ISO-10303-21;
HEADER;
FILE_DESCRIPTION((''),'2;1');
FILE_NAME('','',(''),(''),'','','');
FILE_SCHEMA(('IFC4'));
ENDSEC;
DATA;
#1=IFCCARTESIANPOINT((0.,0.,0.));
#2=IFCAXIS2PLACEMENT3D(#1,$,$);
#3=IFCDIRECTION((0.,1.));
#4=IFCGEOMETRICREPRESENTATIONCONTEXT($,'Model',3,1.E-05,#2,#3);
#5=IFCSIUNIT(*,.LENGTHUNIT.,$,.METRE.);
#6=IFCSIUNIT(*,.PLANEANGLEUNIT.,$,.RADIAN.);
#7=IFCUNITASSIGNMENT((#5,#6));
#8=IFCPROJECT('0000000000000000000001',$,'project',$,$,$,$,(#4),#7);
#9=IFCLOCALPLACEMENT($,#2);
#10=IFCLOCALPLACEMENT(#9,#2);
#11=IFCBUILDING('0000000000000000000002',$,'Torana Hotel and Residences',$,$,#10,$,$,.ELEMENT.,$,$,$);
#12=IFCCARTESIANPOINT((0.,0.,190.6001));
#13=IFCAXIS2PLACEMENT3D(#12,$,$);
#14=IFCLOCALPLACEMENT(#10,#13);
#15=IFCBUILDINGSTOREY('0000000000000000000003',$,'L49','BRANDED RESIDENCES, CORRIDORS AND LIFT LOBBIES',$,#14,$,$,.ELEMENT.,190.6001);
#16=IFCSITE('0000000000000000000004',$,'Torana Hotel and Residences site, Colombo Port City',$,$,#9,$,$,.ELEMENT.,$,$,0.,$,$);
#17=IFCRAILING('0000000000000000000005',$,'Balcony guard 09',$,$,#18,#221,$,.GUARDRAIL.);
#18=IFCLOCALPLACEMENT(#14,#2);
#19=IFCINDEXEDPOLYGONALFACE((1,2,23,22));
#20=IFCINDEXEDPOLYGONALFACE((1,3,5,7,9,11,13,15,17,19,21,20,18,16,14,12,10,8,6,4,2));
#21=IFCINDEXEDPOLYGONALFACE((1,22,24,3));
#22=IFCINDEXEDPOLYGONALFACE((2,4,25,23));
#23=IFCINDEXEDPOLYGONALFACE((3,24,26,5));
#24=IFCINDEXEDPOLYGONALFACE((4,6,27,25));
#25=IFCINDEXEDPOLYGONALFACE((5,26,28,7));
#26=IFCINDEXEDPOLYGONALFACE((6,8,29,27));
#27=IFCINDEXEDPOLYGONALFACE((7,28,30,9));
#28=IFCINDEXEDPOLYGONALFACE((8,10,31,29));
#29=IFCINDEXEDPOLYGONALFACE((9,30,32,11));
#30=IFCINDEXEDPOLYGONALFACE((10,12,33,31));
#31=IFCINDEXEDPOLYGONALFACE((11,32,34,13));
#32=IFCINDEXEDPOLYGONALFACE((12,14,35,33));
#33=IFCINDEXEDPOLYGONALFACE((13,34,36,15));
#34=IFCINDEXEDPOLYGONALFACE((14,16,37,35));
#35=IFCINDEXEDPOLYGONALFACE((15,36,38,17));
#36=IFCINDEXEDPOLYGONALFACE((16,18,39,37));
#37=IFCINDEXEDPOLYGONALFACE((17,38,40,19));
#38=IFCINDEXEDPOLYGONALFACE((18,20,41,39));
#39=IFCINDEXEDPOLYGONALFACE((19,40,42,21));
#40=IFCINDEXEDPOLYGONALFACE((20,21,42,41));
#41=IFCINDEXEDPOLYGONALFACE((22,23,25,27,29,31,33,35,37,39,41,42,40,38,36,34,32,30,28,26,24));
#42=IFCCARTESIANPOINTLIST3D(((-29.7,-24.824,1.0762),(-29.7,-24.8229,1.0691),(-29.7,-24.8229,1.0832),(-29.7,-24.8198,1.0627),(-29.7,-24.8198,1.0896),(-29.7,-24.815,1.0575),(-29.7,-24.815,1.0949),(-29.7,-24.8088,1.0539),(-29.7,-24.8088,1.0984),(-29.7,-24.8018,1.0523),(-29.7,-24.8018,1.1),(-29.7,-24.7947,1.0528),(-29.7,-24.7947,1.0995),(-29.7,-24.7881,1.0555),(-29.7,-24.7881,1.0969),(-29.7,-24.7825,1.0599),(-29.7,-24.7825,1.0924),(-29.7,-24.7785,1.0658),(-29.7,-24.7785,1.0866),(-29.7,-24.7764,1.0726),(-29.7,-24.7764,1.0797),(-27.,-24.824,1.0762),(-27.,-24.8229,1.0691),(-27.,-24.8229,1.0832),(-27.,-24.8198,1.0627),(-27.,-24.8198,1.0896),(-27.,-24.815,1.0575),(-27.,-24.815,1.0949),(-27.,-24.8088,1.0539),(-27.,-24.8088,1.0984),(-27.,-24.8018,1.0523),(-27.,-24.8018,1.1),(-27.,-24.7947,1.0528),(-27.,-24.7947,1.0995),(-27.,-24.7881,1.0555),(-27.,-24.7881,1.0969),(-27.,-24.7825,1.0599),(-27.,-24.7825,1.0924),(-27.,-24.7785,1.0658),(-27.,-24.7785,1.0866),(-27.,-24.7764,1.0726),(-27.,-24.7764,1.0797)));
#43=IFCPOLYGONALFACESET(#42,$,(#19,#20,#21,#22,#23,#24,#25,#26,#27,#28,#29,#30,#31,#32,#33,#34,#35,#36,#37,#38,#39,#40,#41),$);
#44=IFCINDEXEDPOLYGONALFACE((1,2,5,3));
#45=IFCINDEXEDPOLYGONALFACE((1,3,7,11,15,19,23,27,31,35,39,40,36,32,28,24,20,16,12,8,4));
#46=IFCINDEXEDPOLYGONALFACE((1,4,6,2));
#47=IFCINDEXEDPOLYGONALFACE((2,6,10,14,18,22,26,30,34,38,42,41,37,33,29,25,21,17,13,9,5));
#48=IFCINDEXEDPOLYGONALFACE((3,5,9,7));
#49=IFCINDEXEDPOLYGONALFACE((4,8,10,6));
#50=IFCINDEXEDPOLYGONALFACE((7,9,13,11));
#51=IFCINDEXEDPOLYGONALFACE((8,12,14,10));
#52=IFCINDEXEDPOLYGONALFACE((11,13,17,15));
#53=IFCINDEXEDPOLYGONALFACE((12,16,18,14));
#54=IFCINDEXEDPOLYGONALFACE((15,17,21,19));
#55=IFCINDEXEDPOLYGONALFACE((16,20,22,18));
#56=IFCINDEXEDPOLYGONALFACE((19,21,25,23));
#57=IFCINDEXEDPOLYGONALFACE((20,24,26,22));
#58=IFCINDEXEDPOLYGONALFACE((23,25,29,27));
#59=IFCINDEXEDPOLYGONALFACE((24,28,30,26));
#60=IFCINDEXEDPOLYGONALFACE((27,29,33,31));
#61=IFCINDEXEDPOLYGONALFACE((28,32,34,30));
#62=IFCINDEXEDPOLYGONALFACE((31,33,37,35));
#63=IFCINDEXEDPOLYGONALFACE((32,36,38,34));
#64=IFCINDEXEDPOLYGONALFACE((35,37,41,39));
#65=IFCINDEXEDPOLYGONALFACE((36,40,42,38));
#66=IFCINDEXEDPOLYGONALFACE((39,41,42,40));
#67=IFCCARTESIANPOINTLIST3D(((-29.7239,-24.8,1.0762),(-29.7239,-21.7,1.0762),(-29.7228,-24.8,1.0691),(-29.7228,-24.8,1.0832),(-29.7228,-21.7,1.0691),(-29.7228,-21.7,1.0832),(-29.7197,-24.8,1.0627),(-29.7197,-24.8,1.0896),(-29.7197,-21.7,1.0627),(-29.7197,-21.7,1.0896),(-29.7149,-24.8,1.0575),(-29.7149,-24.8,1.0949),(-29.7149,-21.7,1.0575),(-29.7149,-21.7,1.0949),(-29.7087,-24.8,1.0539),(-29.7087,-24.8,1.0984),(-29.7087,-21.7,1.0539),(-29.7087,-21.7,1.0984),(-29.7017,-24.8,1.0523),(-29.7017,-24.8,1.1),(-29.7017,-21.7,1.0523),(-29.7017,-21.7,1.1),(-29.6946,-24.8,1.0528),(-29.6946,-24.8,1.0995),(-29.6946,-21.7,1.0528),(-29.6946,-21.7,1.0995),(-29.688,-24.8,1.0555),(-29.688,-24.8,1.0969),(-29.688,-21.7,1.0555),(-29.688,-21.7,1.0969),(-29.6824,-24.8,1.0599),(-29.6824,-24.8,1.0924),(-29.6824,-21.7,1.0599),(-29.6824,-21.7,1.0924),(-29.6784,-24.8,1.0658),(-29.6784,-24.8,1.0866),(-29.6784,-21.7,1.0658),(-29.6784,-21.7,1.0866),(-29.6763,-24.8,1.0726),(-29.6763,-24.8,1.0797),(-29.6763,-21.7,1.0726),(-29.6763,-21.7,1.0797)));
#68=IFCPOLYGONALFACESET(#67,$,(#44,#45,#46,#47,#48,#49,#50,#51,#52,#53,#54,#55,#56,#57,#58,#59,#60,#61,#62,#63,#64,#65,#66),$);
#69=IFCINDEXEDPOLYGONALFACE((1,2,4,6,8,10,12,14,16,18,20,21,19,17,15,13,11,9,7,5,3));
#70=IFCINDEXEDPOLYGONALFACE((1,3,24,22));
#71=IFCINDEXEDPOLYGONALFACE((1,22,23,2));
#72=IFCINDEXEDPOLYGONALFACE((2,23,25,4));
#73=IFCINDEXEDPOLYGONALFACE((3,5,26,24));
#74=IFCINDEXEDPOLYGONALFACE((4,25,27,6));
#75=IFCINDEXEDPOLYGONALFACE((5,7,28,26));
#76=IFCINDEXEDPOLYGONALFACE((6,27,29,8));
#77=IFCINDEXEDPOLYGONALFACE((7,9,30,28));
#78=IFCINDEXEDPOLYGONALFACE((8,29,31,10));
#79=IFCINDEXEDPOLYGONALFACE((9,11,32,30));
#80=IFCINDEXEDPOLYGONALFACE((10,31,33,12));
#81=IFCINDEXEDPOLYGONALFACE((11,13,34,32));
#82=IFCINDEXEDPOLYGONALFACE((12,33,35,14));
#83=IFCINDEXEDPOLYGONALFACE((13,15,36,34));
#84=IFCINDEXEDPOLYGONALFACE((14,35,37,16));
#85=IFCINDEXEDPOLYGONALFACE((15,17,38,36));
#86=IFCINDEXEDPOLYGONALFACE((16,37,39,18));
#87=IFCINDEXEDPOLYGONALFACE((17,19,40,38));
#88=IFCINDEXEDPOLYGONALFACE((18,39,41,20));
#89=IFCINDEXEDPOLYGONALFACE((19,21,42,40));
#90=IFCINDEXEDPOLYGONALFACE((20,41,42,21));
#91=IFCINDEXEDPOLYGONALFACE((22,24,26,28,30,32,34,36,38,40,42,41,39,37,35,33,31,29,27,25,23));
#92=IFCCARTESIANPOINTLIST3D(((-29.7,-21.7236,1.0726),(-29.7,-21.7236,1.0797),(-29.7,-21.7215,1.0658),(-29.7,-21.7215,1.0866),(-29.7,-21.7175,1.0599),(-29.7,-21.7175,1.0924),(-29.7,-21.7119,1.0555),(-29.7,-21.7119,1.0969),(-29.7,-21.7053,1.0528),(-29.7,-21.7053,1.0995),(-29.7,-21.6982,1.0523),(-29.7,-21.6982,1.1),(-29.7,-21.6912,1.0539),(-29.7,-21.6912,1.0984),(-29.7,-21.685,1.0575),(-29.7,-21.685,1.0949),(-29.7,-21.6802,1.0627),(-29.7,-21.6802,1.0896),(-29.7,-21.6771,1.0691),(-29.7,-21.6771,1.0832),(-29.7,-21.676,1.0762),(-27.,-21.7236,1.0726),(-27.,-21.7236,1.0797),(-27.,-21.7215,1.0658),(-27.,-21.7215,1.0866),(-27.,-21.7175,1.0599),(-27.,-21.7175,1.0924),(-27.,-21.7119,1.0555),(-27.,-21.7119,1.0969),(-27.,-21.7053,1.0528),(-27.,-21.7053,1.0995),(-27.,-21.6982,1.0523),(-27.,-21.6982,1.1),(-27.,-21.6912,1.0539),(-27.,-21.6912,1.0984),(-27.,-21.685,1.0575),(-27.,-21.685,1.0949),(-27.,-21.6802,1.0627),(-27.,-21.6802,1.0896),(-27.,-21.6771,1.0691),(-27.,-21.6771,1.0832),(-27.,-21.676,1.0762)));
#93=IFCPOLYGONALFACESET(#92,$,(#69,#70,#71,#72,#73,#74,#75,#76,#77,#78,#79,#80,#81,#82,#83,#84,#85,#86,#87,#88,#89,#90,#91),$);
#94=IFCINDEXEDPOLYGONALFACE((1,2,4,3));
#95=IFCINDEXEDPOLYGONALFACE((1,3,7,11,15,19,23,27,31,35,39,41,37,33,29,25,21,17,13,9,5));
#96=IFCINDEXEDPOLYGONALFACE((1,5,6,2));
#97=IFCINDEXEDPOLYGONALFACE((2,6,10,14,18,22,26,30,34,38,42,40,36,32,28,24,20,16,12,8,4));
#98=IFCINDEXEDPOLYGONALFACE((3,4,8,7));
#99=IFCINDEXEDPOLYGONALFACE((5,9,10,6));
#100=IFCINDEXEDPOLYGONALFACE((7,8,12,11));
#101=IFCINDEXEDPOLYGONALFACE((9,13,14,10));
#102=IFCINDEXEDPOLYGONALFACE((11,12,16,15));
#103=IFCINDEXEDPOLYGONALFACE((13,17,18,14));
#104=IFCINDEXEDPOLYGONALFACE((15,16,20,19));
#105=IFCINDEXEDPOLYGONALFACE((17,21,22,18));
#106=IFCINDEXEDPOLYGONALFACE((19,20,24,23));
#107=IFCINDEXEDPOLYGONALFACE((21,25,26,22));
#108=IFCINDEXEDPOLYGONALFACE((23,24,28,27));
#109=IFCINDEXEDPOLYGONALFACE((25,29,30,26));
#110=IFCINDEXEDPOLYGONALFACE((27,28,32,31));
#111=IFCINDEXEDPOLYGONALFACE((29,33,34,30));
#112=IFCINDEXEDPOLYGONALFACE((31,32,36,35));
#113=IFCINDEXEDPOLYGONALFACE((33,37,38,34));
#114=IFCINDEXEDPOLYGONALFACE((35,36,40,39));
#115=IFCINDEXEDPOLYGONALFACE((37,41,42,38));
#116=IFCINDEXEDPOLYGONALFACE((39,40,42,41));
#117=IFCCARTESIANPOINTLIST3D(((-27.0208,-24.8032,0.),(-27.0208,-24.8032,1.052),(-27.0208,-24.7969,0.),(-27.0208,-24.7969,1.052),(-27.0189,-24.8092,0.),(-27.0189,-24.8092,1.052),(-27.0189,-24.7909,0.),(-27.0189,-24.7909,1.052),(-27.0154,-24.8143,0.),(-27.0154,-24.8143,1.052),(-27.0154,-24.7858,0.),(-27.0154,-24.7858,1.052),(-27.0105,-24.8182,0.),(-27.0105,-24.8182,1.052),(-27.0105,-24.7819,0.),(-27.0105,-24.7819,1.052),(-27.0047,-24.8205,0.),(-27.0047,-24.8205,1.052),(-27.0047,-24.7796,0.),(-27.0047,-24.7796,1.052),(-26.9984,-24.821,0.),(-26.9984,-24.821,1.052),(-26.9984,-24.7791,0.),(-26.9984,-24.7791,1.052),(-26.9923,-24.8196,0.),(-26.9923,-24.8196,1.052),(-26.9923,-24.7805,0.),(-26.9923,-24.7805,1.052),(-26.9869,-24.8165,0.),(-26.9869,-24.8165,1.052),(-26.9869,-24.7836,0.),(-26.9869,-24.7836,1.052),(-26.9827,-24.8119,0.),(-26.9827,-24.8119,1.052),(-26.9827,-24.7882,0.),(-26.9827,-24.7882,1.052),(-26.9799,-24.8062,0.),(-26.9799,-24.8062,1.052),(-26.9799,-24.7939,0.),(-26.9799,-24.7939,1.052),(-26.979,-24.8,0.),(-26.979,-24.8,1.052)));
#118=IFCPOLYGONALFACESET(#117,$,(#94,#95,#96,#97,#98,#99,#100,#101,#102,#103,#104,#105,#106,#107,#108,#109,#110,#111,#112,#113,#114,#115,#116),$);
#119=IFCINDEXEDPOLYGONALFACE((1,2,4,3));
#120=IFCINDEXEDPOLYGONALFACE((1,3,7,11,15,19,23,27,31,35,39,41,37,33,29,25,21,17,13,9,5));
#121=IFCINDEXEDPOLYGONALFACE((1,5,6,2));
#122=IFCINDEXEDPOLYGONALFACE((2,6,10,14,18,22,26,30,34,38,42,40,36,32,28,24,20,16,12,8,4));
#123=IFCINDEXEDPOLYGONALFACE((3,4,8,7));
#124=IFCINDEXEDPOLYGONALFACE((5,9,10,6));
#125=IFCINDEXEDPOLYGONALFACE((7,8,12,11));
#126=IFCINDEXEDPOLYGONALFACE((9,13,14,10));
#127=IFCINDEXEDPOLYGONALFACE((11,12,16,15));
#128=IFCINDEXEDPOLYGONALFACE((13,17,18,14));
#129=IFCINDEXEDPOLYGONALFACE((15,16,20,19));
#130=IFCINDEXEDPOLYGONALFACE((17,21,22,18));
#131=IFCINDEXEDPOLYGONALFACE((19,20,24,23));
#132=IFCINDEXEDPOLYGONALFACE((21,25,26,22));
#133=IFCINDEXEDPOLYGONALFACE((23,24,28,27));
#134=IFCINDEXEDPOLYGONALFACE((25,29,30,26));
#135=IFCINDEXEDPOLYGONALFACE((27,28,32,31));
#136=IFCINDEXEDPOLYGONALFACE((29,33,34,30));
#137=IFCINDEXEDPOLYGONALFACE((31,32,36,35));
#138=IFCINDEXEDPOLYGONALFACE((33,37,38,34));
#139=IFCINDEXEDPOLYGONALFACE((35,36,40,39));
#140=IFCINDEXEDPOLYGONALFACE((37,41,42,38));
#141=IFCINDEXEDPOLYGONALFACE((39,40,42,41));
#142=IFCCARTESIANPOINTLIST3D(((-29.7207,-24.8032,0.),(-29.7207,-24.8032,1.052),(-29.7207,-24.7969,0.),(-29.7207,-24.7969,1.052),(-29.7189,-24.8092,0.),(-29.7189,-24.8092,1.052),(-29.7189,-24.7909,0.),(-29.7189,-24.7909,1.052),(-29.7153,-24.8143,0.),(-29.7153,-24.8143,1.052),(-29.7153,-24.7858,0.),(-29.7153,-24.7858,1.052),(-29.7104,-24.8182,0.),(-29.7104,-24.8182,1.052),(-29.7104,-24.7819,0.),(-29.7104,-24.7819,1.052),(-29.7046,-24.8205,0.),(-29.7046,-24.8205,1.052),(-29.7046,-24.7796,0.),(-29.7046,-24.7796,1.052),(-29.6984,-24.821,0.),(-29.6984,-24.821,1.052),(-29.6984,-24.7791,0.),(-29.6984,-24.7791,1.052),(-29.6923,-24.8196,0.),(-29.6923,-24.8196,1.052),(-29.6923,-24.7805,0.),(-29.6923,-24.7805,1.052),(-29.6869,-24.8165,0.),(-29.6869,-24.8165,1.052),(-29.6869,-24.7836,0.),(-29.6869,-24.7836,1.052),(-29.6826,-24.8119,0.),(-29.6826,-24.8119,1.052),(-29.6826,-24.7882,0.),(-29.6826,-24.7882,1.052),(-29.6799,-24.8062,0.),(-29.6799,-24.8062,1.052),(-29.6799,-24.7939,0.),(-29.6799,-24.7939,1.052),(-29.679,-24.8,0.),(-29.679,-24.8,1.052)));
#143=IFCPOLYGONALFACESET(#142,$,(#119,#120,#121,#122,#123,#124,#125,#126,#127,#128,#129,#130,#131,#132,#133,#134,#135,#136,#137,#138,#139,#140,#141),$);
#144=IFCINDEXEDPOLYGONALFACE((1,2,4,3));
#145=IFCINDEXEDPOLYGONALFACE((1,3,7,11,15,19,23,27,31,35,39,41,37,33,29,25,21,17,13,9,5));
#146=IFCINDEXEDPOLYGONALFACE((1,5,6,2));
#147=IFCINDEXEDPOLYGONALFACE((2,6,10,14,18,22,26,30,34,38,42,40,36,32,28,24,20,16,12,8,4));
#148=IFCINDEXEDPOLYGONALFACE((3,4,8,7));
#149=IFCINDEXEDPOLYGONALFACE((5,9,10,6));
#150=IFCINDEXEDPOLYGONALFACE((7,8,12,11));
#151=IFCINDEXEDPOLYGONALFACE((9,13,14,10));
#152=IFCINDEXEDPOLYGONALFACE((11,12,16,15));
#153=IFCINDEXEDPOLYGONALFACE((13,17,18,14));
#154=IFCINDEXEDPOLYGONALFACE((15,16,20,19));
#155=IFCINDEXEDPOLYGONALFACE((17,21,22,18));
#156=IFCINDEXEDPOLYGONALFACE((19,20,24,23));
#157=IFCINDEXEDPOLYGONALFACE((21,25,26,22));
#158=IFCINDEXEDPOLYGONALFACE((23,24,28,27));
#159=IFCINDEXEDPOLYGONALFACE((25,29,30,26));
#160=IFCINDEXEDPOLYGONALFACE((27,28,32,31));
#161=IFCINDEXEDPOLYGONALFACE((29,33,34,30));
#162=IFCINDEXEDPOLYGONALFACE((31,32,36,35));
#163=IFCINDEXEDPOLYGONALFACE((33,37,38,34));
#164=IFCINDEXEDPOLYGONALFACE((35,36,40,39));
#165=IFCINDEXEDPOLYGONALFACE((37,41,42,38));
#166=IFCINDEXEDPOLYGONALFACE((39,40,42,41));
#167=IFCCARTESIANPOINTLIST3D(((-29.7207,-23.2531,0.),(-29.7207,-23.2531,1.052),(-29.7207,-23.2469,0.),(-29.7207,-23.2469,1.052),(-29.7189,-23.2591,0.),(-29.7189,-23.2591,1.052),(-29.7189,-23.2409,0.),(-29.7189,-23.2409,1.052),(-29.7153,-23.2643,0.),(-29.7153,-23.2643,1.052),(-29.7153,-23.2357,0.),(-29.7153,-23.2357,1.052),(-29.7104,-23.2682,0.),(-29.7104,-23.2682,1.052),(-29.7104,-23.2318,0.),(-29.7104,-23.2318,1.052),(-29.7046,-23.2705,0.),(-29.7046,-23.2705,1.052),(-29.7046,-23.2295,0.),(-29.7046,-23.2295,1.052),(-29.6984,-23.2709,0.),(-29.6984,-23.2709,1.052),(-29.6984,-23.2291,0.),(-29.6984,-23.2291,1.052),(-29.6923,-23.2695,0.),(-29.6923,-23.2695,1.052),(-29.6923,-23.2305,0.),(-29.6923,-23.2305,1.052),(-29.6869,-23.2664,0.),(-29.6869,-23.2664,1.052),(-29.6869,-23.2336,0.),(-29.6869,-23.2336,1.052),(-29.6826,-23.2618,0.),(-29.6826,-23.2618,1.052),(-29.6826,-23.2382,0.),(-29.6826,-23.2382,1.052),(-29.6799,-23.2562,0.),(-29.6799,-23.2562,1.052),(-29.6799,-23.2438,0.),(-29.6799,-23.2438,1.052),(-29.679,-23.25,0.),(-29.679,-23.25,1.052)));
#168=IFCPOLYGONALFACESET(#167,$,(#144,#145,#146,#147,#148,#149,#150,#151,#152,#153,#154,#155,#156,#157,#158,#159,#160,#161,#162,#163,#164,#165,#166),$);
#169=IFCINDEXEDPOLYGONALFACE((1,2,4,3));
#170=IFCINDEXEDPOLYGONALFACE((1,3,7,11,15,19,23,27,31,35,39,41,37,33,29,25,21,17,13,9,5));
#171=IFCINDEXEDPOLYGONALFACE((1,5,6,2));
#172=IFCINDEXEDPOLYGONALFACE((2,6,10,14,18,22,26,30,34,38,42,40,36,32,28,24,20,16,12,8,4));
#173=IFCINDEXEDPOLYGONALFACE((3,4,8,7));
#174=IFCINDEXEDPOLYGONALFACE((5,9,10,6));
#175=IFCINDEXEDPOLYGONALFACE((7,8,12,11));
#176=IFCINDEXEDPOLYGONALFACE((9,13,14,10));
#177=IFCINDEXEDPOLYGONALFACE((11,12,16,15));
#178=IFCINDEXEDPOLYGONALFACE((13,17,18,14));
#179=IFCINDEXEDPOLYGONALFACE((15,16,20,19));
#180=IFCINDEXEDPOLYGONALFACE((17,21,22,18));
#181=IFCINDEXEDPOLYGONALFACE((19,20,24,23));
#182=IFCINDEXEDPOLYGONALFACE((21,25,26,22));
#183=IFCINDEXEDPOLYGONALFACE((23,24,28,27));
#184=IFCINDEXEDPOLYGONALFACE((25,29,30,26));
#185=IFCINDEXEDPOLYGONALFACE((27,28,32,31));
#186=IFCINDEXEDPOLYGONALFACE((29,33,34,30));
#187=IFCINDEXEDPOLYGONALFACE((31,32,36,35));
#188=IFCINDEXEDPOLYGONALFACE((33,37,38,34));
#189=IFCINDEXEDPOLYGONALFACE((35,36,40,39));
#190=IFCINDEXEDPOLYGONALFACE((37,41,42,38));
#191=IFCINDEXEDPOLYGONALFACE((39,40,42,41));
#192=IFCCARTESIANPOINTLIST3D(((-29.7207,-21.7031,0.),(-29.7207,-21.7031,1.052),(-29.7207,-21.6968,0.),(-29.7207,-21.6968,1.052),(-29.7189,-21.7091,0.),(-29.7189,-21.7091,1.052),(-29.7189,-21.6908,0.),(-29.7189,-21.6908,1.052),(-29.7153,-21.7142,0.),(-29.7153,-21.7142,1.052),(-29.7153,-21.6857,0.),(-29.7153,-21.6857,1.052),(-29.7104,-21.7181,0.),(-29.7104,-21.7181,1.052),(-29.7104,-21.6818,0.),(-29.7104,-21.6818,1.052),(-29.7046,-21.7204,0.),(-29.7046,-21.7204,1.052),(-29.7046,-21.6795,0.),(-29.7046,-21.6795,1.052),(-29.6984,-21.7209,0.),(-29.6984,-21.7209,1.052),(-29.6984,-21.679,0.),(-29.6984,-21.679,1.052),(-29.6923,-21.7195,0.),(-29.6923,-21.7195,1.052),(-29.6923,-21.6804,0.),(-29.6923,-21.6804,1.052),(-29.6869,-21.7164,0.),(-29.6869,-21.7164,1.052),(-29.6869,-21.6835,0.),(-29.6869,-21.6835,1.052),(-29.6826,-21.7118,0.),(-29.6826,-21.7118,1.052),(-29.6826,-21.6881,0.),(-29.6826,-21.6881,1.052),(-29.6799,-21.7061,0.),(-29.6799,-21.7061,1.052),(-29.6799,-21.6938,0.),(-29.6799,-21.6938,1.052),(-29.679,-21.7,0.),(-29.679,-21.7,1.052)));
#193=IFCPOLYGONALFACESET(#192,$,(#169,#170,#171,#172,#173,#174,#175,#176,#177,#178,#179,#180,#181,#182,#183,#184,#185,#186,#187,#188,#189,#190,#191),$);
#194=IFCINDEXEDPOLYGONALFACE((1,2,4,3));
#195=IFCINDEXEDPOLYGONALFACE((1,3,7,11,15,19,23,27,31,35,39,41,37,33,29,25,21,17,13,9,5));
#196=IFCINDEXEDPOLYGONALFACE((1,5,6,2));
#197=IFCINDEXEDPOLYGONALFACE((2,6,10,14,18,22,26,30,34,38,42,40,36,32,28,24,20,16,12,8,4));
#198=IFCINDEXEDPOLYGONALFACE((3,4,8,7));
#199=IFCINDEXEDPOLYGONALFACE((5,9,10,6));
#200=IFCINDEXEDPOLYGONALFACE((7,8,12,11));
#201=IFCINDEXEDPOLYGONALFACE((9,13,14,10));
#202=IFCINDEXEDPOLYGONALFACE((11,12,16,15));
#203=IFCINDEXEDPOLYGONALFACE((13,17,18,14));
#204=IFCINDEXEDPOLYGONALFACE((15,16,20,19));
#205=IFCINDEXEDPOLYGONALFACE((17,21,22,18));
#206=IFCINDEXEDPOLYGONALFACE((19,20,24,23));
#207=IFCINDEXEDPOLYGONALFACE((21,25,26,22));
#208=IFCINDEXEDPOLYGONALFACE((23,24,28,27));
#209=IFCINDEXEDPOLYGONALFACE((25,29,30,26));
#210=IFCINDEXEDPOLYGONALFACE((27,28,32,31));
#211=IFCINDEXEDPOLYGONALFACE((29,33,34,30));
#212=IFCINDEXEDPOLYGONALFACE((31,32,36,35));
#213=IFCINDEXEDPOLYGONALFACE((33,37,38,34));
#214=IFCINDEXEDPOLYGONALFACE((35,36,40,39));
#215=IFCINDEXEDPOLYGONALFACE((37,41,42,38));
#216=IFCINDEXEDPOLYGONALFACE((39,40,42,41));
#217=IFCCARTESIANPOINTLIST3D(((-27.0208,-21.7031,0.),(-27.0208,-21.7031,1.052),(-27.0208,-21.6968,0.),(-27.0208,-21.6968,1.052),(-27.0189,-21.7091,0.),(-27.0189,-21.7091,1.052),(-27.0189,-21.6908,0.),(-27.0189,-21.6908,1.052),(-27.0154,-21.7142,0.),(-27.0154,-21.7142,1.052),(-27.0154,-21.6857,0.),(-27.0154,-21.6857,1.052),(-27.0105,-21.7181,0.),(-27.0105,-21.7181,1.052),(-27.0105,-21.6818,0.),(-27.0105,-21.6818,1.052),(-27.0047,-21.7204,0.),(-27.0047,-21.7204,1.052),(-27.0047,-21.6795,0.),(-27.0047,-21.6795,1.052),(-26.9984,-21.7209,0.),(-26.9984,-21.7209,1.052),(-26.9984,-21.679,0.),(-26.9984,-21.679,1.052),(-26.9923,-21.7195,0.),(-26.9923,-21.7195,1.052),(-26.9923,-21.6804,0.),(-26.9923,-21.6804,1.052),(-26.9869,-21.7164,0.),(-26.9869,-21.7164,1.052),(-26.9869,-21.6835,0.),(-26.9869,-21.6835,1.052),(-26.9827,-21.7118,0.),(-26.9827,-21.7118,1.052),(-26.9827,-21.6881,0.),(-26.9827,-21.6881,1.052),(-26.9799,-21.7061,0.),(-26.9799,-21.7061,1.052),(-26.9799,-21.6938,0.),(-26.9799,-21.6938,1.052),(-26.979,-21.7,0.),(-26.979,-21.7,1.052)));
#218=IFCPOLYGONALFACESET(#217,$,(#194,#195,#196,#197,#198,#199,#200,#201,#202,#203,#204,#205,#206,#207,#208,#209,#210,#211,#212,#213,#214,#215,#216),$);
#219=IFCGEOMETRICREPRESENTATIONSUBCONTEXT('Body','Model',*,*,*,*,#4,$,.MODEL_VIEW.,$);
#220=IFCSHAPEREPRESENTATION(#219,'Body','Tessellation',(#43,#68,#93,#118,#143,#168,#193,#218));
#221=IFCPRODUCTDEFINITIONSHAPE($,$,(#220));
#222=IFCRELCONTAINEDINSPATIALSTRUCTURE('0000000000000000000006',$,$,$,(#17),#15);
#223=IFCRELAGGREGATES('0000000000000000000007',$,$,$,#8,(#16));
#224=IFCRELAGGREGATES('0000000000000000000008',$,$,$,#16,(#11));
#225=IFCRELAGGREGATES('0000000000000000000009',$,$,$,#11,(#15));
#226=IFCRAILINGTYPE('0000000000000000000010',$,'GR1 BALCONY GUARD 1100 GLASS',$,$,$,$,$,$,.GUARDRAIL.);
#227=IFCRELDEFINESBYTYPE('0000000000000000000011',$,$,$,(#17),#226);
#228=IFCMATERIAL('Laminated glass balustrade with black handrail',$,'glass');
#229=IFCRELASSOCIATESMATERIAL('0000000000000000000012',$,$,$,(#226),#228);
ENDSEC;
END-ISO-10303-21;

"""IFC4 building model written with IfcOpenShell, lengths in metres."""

from ifc_helpers import new_model, si_unit, direction, frame, origin, origin_2d, place, context, subcontext, project, spatial, circle, extrude, material, type_object, element, save


model = new_model("IFC4")

# Units and contexts
model_context = context("Model", 3, precision=1e-05, world=origin(), true_north=direction((0.0, 1.0)))
body_context = subcontext(model_context, "Body", "Model", "MODEL_VIEW")
ifc_project = project(units=[si_unit("LENGTHUNIT", "METRE"), si_unit("PLANEANGLEUNIT", "RADIAN")], contexts=[model_context])

# Site, building, storey
site_placement = place(None, origin())
site = spatial("IfcSite", under=ifc_project, at=site_placement, Name="Torana Hotel and Residences site, Colombo Port City", CompositionType="ELEMENT", RefElevation=0.0)
building_placement = place(site_placement, origin())
building = spatial("IfcBuilding", under=site, at=building_placement, Name="Torana Hotel and Residences", CompositionType="ELEMENT")
storey_placement = place(building_placement, frame((0.0, 0.0, 190.6001)))
storey = spatial("IfcBuildingStorey", under=building, at=storey_placement, Name="L49", Description="BRANDED RESIDENCES, CORRIDORS AND LIFT LOBBIES", CompositionType="ELEMENT", Elevation=190.6001)

# Railing
ifc_material_1 = material(Name="Laminated glass balustrade with black handrail", Category="glass")
railing_type = type_object("IfcRailingType", Name="GR1 BALCONY GUARD 1100 GLASS", PredefinedType="GUARDRAIL", material=ifc_material_1)
railing_placement = place(storey_placement, frame((-27.0, -24.8, 0.0)))
element("IfcRailing", 1, at=railing_placement, inside=storey, type_object=railing_type, Name="Balcony guard 09", PredefinedType="GUARDRAIL", context=body_context, shape_type="SweptSolid", body=[
    extrude(circle(Radius=0.0239, at=origin_2d()), frame((0.0, 0.0, 1.0762), z_axis=(-1.0, 0.0, 0.0), x_axis=(0.0, -1.0, 0.0)), (0.0, 0.0, 1.0), 2.7),
    extrude(circle(Radius=0.0239, at=origin_2d()), frame((-2.7, 0.0, 1.0762), z_axis=(0.0, 1.0, 0.0), x_axis=(-1.0, 0.0, 0.0)), (0.0, 0.0, 1.0), 3.1001),
    extrude(circle(Radius=0.0239, at=origin_2d()), frame((-2.7, 3.1001, 1.0762), z_axis=(1.0, 0.0, 0.0), x_axis=(0.0, 1.0, 0.0)), (0.0, 0.0, 1.0), 2.7),
    extrude(circle(Radius=0.021, at=origin_2d()), origin(), (0.0, 0.0, 1.0), 1.052),
    extrude(circle(Radius=0.021, at=origin_2d()), frame((-2.7, 0.0, 0.0)), (0.0, 0.0, 1.0), 1.052),
    extrude(circle(Radius=0.021, at=origin_2d()), frame((-2.7, 1.55, 0.0)), (0.0, 0.0, 1.0), 1.052),
    extrude(circle(Radius=0.021, at=origin_2d()), frame((-2.7, 3.1001, 0.0)), (0.0, 0.0, 1.0), 1.052),
    extrude(circle(Radius=0.021, at=origin_2d()), frame((0.0, 3.1001, 0.0)), (0.0, 0.0, 1.0), 1.052),
])

save(model, "model.ifc")
